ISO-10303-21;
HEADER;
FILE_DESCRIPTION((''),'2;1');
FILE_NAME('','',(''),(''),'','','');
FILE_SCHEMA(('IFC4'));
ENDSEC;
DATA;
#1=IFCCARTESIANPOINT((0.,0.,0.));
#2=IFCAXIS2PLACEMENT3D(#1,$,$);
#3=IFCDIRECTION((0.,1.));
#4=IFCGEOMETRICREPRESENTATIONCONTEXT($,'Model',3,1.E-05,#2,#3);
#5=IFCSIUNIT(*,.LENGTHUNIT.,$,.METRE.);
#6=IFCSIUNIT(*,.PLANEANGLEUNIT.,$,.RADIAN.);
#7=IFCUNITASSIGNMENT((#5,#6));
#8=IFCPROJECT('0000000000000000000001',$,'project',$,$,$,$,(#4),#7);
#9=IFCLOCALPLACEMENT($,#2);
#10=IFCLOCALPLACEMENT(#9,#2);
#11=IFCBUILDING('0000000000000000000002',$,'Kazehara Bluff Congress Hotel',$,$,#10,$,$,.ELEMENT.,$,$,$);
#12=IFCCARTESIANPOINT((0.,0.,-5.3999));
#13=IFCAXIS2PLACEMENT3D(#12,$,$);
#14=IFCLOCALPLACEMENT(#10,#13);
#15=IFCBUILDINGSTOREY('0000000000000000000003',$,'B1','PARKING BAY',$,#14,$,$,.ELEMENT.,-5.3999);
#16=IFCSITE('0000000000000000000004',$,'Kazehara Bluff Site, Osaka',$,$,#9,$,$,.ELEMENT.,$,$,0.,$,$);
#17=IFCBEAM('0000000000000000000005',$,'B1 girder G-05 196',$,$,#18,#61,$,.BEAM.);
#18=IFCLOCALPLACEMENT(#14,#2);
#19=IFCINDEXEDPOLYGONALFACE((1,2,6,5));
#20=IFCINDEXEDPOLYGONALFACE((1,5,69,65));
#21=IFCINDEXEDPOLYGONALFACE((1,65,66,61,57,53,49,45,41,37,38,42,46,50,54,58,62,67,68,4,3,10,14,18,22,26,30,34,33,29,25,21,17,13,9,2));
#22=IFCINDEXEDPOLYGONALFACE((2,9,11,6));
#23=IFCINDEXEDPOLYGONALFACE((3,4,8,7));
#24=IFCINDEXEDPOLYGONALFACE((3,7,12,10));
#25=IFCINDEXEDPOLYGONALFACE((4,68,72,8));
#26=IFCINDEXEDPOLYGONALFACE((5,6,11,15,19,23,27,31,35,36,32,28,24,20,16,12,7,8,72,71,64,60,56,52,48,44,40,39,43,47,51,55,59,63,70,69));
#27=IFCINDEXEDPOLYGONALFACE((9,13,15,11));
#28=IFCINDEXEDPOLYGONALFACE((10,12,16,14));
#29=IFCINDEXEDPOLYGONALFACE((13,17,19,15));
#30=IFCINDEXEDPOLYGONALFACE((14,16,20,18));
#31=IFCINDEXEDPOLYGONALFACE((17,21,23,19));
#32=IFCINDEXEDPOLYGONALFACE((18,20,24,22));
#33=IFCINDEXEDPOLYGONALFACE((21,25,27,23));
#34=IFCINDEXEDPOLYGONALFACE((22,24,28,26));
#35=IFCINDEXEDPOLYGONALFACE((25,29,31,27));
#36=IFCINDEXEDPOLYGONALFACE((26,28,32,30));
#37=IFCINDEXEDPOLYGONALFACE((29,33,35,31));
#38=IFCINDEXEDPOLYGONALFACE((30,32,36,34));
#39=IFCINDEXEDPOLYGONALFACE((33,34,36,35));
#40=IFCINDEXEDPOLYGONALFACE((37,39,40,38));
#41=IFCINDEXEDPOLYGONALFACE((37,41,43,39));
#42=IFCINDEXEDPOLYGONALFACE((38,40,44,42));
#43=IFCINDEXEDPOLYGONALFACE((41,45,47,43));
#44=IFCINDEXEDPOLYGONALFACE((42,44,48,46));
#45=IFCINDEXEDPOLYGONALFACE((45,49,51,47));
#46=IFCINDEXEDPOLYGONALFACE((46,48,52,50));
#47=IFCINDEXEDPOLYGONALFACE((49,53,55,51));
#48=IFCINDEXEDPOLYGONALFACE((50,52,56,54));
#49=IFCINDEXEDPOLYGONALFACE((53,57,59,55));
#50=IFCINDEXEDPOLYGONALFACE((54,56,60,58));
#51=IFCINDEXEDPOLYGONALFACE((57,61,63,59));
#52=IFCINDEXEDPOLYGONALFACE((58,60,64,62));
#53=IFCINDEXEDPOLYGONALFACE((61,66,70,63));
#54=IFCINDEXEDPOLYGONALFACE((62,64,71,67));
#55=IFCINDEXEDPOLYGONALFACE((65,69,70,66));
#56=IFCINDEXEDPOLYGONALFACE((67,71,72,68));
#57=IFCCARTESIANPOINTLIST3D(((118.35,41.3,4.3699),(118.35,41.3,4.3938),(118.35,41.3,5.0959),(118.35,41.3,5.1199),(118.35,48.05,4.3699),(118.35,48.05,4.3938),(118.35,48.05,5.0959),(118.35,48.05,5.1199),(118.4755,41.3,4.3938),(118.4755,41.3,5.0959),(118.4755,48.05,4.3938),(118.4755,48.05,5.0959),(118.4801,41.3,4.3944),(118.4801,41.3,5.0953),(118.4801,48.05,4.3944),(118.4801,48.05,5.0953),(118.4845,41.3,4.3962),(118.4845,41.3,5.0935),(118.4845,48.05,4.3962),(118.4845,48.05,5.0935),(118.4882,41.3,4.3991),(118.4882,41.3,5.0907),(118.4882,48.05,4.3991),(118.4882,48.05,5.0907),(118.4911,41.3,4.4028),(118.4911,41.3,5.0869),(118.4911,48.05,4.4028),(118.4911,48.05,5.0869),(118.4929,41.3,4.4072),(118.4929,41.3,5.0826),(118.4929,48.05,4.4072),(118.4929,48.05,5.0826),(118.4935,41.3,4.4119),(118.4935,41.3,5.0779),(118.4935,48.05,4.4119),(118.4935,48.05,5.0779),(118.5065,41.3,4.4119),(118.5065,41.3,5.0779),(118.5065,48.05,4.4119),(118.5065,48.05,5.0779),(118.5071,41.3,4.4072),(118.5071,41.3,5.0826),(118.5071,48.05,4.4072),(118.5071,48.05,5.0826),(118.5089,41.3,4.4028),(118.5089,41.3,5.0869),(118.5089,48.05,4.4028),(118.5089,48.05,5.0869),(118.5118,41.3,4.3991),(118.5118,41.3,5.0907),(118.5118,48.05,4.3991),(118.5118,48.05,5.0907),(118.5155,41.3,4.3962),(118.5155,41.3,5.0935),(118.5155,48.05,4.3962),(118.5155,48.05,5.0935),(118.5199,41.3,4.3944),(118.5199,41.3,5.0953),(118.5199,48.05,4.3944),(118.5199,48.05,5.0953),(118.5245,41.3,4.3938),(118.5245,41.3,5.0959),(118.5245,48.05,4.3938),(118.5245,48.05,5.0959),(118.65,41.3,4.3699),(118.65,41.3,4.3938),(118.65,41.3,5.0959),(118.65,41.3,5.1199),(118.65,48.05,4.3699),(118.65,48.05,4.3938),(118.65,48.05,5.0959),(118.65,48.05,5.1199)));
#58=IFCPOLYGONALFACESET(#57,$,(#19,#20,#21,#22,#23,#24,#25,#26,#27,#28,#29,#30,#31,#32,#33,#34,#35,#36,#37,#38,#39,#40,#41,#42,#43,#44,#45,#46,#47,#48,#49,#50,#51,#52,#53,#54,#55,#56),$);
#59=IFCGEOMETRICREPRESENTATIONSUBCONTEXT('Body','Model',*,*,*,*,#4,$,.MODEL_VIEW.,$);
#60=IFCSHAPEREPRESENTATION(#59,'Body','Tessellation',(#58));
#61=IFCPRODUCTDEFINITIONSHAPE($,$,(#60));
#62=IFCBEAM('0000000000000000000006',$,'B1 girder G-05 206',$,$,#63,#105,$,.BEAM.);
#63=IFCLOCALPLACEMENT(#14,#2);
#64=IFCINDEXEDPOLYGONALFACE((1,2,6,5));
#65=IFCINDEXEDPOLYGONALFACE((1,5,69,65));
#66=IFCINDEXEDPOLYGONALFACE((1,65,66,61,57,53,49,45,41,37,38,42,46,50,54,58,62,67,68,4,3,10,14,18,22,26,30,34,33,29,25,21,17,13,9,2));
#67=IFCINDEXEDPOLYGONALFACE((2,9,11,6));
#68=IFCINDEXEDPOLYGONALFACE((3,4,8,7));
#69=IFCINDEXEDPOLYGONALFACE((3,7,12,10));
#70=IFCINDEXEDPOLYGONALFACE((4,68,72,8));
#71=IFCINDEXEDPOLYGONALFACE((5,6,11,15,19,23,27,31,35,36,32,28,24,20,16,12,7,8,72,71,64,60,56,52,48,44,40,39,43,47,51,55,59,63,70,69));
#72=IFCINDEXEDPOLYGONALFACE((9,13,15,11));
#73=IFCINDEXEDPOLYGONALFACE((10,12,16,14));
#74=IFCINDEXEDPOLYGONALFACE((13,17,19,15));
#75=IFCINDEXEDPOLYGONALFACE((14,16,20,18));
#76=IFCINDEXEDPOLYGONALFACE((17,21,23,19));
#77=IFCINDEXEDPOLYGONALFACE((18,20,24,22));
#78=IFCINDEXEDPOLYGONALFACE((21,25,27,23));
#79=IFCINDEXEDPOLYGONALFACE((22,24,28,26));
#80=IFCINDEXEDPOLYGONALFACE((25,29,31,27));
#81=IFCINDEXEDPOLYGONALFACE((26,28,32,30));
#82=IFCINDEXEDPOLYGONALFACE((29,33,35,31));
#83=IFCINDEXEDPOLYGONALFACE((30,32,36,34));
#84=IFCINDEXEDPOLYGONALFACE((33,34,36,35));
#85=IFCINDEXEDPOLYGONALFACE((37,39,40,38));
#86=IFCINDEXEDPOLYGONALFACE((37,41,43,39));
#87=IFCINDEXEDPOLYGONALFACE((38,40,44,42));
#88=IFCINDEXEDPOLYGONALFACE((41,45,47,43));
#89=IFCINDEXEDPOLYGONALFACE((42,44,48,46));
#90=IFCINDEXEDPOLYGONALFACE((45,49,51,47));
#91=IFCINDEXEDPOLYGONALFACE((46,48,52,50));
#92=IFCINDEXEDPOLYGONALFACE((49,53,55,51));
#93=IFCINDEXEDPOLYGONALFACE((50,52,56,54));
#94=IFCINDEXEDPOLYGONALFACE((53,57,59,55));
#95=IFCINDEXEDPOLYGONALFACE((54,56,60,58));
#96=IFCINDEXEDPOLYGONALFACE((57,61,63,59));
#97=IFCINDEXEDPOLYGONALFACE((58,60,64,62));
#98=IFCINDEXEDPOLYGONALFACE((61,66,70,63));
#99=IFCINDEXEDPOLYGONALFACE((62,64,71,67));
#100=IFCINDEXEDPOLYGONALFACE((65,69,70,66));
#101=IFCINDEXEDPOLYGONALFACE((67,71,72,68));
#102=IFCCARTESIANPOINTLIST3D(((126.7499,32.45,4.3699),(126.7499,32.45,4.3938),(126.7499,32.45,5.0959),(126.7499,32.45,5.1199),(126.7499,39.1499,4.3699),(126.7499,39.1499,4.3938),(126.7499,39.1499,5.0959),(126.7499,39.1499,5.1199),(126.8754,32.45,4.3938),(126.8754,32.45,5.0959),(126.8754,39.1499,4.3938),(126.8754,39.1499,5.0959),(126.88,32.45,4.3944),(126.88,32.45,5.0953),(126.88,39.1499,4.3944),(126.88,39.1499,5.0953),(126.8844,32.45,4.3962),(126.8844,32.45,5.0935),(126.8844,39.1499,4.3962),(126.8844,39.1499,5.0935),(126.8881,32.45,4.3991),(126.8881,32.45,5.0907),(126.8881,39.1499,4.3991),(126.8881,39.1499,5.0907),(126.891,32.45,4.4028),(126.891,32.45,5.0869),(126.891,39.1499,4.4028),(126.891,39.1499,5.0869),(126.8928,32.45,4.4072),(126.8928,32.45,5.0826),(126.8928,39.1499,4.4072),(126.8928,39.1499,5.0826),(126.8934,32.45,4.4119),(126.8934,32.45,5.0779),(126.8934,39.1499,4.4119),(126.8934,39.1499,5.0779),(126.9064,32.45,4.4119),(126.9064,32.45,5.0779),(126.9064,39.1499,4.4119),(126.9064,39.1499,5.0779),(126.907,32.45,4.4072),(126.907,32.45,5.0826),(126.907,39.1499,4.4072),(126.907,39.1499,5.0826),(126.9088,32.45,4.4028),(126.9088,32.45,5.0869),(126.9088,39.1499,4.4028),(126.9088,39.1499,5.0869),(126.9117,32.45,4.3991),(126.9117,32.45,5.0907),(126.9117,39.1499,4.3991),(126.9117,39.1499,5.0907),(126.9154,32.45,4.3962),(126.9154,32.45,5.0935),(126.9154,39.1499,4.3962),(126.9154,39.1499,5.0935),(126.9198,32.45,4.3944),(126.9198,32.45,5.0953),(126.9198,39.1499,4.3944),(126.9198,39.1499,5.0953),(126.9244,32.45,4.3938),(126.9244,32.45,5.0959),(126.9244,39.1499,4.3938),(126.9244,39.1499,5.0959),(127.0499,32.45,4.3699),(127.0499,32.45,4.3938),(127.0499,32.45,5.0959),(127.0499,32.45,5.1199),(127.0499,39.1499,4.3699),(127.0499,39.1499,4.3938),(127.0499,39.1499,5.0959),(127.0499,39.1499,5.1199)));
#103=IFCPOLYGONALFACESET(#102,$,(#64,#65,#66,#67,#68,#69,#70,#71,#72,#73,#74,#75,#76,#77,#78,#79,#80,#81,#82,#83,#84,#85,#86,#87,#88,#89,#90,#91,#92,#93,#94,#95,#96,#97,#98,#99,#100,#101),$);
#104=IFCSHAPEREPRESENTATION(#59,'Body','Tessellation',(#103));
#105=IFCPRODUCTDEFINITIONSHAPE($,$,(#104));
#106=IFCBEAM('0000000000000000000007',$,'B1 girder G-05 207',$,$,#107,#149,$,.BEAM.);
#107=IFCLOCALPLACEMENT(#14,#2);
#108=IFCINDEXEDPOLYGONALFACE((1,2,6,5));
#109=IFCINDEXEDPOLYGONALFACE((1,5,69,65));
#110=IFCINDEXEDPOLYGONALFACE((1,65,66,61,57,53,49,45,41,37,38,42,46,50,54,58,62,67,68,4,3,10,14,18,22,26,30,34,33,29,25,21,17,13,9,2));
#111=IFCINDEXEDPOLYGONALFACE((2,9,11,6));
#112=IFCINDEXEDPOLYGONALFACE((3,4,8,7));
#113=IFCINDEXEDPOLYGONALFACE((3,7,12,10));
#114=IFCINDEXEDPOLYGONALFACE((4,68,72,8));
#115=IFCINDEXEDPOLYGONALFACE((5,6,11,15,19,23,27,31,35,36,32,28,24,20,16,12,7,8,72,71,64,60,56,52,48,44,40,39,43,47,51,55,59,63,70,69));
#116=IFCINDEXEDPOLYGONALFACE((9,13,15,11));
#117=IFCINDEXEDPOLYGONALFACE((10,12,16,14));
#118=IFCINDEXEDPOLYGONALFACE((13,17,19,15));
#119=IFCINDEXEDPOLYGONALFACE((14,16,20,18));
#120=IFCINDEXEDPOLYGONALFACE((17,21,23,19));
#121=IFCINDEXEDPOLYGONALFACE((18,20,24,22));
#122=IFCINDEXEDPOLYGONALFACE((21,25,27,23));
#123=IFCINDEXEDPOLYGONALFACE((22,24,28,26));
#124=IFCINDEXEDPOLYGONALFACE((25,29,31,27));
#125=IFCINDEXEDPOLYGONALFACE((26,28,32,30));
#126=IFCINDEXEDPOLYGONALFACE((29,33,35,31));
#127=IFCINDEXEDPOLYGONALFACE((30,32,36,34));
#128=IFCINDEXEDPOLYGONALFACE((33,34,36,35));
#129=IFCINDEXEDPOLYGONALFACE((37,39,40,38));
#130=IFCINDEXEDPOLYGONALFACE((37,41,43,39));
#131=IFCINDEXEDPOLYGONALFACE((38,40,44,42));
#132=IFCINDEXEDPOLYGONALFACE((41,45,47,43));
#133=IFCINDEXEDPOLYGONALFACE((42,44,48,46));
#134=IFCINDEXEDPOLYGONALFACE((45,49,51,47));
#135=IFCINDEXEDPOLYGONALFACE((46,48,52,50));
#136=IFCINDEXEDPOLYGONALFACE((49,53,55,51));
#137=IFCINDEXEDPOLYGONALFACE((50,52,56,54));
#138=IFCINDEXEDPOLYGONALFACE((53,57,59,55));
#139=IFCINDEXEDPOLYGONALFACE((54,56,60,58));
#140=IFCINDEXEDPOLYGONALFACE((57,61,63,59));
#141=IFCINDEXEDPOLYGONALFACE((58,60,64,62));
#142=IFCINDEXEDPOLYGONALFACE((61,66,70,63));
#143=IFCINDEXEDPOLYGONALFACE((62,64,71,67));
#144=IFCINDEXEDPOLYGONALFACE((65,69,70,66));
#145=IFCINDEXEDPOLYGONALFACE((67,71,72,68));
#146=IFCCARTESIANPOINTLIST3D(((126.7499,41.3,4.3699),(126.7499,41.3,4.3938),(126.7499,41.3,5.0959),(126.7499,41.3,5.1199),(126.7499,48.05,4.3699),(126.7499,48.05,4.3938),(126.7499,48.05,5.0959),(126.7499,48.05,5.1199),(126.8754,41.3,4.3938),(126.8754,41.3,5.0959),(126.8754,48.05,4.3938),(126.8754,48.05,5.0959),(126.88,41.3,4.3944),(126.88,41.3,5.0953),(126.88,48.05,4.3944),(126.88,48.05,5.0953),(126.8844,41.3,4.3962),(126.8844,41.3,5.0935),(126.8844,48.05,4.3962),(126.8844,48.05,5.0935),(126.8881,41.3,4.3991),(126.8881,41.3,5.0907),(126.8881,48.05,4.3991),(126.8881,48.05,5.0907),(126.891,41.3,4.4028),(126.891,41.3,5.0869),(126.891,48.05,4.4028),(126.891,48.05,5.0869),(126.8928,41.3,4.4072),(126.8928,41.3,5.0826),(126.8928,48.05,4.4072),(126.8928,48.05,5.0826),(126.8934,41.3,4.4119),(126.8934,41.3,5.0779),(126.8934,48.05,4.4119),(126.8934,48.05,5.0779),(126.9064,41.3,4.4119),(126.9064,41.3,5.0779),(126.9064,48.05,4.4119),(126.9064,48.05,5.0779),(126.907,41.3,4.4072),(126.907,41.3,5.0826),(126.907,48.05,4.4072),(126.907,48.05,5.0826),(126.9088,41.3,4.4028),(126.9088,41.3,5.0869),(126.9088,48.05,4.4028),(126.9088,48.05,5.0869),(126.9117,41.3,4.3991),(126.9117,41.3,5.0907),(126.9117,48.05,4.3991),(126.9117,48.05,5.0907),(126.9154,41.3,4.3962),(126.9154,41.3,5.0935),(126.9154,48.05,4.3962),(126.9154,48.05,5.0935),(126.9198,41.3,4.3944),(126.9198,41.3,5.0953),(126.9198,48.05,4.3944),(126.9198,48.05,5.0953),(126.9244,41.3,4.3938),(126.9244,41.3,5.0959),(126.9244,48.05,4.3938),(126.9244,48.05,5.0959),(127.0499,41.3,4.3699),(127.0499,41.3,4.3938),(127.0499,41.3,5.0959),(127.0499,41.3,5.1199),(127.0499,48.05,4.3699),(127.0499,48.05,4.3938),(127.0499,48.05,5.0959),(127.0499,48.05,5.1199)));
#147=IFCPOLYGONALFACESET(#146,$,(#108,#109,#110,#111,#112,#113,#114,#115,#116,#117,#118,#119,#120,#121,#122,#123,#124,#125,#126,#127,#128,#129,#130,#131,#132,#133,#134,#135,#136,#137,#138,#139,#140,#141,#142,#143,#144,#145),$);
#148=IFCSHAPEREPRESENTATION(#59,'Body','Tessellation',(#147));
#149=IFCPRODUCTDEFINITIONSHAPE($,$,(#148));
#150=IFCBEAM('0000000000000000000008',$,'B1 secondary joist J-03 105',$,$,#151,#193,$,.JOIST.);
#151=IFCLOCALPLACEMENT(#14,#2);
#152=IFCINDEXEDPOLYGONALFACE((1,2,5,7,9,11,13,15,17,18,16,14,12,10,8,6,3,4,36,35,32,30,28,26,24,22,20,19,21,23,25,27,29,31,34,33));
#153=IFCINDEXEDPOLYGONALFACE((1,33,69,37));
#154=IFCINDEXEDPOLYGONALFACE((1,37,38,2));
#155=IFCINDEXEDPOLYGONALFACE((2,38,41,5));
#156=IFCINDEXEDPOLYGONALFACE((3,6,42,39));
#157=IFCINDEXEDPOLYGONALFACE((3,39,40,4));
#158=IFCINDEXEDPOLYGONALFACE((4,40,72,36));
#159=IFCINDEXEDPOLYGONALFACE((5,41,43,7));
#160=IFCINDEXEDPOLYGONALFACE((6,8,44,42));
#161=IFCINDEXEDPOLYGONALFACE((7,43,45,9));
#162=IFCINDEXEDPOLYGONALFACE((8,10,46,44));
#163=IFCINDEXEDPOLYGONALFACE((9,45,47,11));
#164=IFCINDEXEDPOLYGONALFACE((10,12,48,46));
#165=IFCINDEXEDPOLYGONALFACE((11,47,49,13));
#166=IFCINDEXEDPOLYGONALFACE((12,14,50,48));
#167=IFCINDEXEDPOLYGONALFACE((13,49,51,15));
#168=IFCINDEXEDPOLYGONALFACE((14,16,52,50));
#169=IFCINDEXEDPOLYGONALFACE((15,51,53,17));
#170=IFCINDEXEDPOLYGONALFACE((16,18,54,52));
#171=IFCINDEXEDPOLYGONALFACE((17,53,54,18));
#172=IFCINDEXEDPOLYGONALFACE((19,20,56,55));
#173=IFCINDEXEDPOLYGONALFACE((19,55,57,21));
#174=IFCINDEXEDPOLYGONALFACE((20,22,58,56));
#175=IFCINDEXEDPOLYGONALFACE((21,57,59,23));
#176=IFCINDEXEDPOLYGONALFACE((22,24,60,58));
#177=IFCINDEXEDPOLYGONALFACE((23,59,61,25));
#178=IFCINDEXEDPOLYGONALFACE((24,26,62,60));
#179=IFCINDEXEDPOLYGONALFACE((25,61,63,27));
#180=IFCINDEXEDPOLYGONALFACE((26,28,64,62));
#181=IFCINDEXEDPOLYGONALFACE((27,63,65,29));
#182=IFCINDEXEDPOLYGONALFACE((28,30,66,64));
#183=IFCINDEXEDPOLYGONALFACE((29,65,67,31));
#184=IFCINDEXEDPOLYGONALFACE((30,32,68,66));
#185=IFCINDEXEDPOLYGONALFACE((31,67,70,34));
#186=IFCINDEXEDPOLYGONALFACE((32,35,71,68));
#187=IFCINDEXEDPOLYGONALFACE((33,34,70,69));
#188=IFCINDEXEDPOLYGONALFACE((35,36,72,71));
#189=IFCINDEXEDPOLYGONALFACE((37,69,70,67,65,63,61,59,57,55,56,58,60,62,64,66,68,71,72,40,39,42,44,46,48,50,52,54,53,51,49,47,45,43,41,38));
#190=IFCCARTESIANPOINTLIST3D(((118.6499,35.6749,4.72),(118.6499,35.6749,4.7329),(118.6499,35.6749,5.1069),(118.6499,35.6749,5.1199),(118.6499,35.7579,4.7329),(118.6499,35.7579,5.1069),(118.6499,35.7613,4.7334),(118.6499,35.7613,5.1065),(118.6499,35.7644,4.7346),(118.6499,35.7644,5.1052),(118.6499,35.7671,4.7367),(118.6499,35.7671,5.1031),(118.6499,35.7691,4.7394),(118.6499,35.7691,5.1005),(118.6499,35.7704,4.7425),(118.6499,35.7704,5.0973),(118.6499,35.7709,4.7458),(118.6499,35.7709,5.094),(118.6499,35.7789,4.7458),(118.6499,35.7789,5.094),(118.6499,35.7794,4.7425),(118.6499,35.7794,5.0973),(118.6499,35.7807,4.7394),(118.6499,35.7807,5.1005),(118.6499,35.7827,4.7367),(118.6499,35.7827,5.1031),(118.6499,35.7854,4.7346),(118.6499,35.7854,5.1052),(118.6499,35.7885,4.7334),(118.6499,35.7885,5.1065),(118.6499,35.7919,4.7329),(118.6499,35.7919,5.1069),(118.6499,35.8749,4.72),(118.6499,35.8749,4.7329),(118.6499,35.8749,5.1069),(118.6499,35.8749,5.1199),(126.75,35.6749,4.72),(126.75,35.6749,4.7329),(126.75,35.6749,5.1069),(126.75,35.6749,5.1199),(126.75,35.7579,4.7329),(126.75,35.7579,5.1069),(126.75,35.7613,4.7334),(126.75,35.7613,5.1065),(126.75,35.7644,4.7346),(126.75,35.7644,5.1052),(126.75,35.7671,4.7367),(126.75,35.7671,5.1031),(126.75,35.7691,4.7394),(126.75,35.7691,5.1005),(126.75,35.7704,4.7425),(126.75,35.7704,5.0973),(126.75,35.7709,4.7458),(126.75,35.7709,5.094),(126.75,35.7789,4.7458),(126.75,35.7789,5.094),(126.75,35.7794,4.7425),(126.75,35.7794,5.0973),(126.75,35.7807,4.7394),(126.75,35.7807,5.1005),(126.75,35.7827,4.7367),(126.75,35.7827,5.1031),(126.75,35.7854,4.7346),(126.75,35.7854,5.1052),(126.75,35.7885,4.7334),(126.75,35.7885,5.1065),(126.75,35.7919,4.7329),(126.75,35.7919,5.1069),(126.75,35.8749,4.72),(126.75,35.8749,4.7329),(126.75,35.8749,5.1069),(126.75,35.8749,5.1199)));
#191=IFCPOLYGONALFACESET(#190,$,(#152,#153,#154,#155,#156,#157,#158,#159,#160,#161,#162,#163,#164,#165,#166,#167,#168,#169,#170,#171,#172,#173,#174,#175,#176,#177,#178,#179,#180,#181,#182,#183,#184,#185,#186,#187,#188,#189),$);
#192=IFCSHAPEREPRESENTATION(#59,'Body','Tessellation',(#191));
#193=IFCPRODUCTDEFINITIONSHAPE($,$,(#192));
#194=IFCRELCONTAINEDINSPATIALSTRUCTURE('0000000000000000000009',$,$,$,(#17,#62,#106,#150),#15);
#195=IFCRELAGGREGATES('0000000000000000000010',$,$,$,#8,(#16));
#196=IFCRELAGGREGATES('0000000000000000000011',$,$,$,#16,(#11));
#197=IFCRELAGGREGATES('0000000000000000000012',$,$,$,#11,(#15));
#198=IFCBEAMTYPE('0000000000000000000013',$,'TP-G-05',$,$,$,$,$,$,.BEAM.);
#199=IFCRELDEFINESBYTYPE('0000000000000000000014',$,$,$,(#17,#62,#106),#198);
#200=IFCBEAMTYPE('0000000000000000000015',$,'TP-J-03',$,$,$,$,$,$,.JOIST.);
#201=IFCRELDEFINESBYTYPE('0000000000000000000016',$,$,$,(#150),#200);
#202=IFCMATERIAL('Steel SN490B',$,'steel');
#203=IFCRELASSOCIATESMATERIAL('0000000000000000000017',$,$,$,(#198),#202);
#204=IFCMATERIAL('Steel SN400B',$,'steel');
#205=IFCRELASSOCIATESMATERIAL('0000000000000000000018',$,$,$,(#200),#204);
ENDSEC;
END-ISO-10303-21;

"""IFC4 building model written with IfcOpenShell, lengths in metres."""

from ifc_helpers import new_model, si_unit, direction, frame, origin, origin_2d, place, context, subcontext, project, spatial, i_section, extrude, material, material_profile, profile_set, type_object, element, save


model = new_model("IFC4")

# Units and contexts
model_context = context("Model", 3, precision=1e-05, world=origin(), true_north=direction((0.0, 1.0)))
body_context = subcontext(model_context, "Body", "Model", "MODEL_VIEW")
ifc_project = project(units=[si_unit("LENGTHUNIT", "METRE"), si_unit("PLANEANGLEUNIT", "RADIAN")], contexts=[model_context])

# Site, building, storey
site_placement = place(None, origin())
site = spatial("IfcSite", under=ifc_project, at=site_placement, Name="Kazehara Bluff Site, Osaka", CompositionType="ELEMENT", RefElevation=0.0)
building_placement = place(site_placement, origin())
building = spatial("IfcBuilding", under=site, at=building_placement, Name="Kazehara Bluff Congress Hotel", CompositionType="ELEMENT")
storey_placement = place(building_placement, frame((0.0, 0.0, -5.3999)))
storey = spatial("IfcBuildingStorey", under=building, at=storey_placement, Name="B1", Description="PARKING BAY", CompositionType="ELEMENT", Elevation=-5.3999)

# Beams
ifc_material_1 = material(Name="Steel SN490B", Category="steel")
ifc_material_profile_1 = material_profile(ifc_material_1, i_section(OverallWidth=0.3, OverallDepth=0.75, WebThickness=0.0129, FlangeThickness=0.0239, FilletRadius=0.0181, at=origin_2d()))
ifc_profile_set_1 = profile_set([ifc_material_profile_1], Name="Steel SN490B")
beam_type_1 = type_object("IfcBeamType", Name="TP-G-05", PredefinedType="BEAM", material=ifc_profile_set_1)
beam_1_placement = place(storey_placement, frame((118.5, 41.3, 4.7449), z_axis=(0.0, 1.0, 0.0), x_axis=(-1.0, 0.0, 0.0)))
element("IfcBeam", 1, at=beam_1_placement, inside=storey, type_object=beam_type_1, Name="B1 girder G-05 196", PredefinedType="BEAM", context=body_context, shape_type="SweptSolid", body=[
    extrude(i_section(OverallWidth=0.3, OverallDepth=0.75, WebThickness=0.0129, FlangeThickness=0.0239, FilletRadius=0.0181, at=origin_2d()), origin(), (0.0, 0.0, 1.0), 6.75),
])
beam_2_placement = place(storey_placement, frame((126.8999, 32.45, 4.7449), z_axis=(0.0, 1.0, 0.0), x_axis=(-1.0, 0.0, 0.0)))
element("IfcBeam", 2, at=beam_2_placement, inside=storey, type_object=beam_type_1, Name="B1 girder G-05 206", PredefinedType="BEAM", context=body_context, shape_type="SweptSolid", body=[
    extrude(i_section(OverallWidth=0.3, OverallDepth=0.75, WebThickness=0.0129, FlangeThickness=0.0239, FilletRadius=0.0181, at=origin_2d()), origin(), (0.0, 0.0, 1.0), 6.7),
])
beam_3_placement = place(storey_placement, frame((126.8999, 41.3, 4.7449), z_axis=(0.0, 1.0, 0.0), x_axis=(-1.0, 0.0, 0.0)))
element("IfcBeam", 3, at=beam_3_placement, inside=storey, type_object=beam_type_1, Name="B1 girder G-05 207", PredefinedType="BEAM", context=body_context, shape_type="SweptSolid", body=[
    extrude(i_section(OverallWidth=0.3, OverallDepth=0.75, WebThickness=0.0129, FlangeThickness=0.0239, FilletRadius=0.0181, at=origin_2d()), origin(), (0.0, 0.0, 1.0), 6.75),
])
ifc_material_2 = material(Name="Steel SN400B", Category="steel")
ifc_material_profile_2 = material_profile(ifc_material_2, i_section(OverallWidth=0.2, OverallDepth=0.3999, WebThickness=0.0081, FlangeThickness=0.0129, FilletRadius=0.0129, at=origin_2d()))
ifc_profile_set_2 = profile_set([ifc_material_profile_2], Name="Steel SN400B")
beam_type_2 = type_object("IfcBeamType", Name="TP-J-03", PredefinedType="JOIST", material=ifc_profile_set_2)
beam_4_placement = place(storey_placement, frame((118.6499, 35.7749, 4.9199), z_axis=(1.0, 0.0, 0.0), x_axis=(0.0, 1.0, 0.0)))
element("IfcBeam", 4, at=beam_4_placement, inside=storey, type_object=beam_type_2, Name="B1 secondary joist J-03 105", PredefinedType="JOIST", context=body_context, shape_type="SweptSolid", body=[
    extrude(i_section(OverallWidth=0.2, OverallDepth=0.3999, WebThickness=0.0081, FlangeThickness=0.0129, FilletRadius=0.0129, at=origin_2d()), origin(), (0.0, 0.0, 1.0), 8.1001),
])

save(model, "model.ifc")
